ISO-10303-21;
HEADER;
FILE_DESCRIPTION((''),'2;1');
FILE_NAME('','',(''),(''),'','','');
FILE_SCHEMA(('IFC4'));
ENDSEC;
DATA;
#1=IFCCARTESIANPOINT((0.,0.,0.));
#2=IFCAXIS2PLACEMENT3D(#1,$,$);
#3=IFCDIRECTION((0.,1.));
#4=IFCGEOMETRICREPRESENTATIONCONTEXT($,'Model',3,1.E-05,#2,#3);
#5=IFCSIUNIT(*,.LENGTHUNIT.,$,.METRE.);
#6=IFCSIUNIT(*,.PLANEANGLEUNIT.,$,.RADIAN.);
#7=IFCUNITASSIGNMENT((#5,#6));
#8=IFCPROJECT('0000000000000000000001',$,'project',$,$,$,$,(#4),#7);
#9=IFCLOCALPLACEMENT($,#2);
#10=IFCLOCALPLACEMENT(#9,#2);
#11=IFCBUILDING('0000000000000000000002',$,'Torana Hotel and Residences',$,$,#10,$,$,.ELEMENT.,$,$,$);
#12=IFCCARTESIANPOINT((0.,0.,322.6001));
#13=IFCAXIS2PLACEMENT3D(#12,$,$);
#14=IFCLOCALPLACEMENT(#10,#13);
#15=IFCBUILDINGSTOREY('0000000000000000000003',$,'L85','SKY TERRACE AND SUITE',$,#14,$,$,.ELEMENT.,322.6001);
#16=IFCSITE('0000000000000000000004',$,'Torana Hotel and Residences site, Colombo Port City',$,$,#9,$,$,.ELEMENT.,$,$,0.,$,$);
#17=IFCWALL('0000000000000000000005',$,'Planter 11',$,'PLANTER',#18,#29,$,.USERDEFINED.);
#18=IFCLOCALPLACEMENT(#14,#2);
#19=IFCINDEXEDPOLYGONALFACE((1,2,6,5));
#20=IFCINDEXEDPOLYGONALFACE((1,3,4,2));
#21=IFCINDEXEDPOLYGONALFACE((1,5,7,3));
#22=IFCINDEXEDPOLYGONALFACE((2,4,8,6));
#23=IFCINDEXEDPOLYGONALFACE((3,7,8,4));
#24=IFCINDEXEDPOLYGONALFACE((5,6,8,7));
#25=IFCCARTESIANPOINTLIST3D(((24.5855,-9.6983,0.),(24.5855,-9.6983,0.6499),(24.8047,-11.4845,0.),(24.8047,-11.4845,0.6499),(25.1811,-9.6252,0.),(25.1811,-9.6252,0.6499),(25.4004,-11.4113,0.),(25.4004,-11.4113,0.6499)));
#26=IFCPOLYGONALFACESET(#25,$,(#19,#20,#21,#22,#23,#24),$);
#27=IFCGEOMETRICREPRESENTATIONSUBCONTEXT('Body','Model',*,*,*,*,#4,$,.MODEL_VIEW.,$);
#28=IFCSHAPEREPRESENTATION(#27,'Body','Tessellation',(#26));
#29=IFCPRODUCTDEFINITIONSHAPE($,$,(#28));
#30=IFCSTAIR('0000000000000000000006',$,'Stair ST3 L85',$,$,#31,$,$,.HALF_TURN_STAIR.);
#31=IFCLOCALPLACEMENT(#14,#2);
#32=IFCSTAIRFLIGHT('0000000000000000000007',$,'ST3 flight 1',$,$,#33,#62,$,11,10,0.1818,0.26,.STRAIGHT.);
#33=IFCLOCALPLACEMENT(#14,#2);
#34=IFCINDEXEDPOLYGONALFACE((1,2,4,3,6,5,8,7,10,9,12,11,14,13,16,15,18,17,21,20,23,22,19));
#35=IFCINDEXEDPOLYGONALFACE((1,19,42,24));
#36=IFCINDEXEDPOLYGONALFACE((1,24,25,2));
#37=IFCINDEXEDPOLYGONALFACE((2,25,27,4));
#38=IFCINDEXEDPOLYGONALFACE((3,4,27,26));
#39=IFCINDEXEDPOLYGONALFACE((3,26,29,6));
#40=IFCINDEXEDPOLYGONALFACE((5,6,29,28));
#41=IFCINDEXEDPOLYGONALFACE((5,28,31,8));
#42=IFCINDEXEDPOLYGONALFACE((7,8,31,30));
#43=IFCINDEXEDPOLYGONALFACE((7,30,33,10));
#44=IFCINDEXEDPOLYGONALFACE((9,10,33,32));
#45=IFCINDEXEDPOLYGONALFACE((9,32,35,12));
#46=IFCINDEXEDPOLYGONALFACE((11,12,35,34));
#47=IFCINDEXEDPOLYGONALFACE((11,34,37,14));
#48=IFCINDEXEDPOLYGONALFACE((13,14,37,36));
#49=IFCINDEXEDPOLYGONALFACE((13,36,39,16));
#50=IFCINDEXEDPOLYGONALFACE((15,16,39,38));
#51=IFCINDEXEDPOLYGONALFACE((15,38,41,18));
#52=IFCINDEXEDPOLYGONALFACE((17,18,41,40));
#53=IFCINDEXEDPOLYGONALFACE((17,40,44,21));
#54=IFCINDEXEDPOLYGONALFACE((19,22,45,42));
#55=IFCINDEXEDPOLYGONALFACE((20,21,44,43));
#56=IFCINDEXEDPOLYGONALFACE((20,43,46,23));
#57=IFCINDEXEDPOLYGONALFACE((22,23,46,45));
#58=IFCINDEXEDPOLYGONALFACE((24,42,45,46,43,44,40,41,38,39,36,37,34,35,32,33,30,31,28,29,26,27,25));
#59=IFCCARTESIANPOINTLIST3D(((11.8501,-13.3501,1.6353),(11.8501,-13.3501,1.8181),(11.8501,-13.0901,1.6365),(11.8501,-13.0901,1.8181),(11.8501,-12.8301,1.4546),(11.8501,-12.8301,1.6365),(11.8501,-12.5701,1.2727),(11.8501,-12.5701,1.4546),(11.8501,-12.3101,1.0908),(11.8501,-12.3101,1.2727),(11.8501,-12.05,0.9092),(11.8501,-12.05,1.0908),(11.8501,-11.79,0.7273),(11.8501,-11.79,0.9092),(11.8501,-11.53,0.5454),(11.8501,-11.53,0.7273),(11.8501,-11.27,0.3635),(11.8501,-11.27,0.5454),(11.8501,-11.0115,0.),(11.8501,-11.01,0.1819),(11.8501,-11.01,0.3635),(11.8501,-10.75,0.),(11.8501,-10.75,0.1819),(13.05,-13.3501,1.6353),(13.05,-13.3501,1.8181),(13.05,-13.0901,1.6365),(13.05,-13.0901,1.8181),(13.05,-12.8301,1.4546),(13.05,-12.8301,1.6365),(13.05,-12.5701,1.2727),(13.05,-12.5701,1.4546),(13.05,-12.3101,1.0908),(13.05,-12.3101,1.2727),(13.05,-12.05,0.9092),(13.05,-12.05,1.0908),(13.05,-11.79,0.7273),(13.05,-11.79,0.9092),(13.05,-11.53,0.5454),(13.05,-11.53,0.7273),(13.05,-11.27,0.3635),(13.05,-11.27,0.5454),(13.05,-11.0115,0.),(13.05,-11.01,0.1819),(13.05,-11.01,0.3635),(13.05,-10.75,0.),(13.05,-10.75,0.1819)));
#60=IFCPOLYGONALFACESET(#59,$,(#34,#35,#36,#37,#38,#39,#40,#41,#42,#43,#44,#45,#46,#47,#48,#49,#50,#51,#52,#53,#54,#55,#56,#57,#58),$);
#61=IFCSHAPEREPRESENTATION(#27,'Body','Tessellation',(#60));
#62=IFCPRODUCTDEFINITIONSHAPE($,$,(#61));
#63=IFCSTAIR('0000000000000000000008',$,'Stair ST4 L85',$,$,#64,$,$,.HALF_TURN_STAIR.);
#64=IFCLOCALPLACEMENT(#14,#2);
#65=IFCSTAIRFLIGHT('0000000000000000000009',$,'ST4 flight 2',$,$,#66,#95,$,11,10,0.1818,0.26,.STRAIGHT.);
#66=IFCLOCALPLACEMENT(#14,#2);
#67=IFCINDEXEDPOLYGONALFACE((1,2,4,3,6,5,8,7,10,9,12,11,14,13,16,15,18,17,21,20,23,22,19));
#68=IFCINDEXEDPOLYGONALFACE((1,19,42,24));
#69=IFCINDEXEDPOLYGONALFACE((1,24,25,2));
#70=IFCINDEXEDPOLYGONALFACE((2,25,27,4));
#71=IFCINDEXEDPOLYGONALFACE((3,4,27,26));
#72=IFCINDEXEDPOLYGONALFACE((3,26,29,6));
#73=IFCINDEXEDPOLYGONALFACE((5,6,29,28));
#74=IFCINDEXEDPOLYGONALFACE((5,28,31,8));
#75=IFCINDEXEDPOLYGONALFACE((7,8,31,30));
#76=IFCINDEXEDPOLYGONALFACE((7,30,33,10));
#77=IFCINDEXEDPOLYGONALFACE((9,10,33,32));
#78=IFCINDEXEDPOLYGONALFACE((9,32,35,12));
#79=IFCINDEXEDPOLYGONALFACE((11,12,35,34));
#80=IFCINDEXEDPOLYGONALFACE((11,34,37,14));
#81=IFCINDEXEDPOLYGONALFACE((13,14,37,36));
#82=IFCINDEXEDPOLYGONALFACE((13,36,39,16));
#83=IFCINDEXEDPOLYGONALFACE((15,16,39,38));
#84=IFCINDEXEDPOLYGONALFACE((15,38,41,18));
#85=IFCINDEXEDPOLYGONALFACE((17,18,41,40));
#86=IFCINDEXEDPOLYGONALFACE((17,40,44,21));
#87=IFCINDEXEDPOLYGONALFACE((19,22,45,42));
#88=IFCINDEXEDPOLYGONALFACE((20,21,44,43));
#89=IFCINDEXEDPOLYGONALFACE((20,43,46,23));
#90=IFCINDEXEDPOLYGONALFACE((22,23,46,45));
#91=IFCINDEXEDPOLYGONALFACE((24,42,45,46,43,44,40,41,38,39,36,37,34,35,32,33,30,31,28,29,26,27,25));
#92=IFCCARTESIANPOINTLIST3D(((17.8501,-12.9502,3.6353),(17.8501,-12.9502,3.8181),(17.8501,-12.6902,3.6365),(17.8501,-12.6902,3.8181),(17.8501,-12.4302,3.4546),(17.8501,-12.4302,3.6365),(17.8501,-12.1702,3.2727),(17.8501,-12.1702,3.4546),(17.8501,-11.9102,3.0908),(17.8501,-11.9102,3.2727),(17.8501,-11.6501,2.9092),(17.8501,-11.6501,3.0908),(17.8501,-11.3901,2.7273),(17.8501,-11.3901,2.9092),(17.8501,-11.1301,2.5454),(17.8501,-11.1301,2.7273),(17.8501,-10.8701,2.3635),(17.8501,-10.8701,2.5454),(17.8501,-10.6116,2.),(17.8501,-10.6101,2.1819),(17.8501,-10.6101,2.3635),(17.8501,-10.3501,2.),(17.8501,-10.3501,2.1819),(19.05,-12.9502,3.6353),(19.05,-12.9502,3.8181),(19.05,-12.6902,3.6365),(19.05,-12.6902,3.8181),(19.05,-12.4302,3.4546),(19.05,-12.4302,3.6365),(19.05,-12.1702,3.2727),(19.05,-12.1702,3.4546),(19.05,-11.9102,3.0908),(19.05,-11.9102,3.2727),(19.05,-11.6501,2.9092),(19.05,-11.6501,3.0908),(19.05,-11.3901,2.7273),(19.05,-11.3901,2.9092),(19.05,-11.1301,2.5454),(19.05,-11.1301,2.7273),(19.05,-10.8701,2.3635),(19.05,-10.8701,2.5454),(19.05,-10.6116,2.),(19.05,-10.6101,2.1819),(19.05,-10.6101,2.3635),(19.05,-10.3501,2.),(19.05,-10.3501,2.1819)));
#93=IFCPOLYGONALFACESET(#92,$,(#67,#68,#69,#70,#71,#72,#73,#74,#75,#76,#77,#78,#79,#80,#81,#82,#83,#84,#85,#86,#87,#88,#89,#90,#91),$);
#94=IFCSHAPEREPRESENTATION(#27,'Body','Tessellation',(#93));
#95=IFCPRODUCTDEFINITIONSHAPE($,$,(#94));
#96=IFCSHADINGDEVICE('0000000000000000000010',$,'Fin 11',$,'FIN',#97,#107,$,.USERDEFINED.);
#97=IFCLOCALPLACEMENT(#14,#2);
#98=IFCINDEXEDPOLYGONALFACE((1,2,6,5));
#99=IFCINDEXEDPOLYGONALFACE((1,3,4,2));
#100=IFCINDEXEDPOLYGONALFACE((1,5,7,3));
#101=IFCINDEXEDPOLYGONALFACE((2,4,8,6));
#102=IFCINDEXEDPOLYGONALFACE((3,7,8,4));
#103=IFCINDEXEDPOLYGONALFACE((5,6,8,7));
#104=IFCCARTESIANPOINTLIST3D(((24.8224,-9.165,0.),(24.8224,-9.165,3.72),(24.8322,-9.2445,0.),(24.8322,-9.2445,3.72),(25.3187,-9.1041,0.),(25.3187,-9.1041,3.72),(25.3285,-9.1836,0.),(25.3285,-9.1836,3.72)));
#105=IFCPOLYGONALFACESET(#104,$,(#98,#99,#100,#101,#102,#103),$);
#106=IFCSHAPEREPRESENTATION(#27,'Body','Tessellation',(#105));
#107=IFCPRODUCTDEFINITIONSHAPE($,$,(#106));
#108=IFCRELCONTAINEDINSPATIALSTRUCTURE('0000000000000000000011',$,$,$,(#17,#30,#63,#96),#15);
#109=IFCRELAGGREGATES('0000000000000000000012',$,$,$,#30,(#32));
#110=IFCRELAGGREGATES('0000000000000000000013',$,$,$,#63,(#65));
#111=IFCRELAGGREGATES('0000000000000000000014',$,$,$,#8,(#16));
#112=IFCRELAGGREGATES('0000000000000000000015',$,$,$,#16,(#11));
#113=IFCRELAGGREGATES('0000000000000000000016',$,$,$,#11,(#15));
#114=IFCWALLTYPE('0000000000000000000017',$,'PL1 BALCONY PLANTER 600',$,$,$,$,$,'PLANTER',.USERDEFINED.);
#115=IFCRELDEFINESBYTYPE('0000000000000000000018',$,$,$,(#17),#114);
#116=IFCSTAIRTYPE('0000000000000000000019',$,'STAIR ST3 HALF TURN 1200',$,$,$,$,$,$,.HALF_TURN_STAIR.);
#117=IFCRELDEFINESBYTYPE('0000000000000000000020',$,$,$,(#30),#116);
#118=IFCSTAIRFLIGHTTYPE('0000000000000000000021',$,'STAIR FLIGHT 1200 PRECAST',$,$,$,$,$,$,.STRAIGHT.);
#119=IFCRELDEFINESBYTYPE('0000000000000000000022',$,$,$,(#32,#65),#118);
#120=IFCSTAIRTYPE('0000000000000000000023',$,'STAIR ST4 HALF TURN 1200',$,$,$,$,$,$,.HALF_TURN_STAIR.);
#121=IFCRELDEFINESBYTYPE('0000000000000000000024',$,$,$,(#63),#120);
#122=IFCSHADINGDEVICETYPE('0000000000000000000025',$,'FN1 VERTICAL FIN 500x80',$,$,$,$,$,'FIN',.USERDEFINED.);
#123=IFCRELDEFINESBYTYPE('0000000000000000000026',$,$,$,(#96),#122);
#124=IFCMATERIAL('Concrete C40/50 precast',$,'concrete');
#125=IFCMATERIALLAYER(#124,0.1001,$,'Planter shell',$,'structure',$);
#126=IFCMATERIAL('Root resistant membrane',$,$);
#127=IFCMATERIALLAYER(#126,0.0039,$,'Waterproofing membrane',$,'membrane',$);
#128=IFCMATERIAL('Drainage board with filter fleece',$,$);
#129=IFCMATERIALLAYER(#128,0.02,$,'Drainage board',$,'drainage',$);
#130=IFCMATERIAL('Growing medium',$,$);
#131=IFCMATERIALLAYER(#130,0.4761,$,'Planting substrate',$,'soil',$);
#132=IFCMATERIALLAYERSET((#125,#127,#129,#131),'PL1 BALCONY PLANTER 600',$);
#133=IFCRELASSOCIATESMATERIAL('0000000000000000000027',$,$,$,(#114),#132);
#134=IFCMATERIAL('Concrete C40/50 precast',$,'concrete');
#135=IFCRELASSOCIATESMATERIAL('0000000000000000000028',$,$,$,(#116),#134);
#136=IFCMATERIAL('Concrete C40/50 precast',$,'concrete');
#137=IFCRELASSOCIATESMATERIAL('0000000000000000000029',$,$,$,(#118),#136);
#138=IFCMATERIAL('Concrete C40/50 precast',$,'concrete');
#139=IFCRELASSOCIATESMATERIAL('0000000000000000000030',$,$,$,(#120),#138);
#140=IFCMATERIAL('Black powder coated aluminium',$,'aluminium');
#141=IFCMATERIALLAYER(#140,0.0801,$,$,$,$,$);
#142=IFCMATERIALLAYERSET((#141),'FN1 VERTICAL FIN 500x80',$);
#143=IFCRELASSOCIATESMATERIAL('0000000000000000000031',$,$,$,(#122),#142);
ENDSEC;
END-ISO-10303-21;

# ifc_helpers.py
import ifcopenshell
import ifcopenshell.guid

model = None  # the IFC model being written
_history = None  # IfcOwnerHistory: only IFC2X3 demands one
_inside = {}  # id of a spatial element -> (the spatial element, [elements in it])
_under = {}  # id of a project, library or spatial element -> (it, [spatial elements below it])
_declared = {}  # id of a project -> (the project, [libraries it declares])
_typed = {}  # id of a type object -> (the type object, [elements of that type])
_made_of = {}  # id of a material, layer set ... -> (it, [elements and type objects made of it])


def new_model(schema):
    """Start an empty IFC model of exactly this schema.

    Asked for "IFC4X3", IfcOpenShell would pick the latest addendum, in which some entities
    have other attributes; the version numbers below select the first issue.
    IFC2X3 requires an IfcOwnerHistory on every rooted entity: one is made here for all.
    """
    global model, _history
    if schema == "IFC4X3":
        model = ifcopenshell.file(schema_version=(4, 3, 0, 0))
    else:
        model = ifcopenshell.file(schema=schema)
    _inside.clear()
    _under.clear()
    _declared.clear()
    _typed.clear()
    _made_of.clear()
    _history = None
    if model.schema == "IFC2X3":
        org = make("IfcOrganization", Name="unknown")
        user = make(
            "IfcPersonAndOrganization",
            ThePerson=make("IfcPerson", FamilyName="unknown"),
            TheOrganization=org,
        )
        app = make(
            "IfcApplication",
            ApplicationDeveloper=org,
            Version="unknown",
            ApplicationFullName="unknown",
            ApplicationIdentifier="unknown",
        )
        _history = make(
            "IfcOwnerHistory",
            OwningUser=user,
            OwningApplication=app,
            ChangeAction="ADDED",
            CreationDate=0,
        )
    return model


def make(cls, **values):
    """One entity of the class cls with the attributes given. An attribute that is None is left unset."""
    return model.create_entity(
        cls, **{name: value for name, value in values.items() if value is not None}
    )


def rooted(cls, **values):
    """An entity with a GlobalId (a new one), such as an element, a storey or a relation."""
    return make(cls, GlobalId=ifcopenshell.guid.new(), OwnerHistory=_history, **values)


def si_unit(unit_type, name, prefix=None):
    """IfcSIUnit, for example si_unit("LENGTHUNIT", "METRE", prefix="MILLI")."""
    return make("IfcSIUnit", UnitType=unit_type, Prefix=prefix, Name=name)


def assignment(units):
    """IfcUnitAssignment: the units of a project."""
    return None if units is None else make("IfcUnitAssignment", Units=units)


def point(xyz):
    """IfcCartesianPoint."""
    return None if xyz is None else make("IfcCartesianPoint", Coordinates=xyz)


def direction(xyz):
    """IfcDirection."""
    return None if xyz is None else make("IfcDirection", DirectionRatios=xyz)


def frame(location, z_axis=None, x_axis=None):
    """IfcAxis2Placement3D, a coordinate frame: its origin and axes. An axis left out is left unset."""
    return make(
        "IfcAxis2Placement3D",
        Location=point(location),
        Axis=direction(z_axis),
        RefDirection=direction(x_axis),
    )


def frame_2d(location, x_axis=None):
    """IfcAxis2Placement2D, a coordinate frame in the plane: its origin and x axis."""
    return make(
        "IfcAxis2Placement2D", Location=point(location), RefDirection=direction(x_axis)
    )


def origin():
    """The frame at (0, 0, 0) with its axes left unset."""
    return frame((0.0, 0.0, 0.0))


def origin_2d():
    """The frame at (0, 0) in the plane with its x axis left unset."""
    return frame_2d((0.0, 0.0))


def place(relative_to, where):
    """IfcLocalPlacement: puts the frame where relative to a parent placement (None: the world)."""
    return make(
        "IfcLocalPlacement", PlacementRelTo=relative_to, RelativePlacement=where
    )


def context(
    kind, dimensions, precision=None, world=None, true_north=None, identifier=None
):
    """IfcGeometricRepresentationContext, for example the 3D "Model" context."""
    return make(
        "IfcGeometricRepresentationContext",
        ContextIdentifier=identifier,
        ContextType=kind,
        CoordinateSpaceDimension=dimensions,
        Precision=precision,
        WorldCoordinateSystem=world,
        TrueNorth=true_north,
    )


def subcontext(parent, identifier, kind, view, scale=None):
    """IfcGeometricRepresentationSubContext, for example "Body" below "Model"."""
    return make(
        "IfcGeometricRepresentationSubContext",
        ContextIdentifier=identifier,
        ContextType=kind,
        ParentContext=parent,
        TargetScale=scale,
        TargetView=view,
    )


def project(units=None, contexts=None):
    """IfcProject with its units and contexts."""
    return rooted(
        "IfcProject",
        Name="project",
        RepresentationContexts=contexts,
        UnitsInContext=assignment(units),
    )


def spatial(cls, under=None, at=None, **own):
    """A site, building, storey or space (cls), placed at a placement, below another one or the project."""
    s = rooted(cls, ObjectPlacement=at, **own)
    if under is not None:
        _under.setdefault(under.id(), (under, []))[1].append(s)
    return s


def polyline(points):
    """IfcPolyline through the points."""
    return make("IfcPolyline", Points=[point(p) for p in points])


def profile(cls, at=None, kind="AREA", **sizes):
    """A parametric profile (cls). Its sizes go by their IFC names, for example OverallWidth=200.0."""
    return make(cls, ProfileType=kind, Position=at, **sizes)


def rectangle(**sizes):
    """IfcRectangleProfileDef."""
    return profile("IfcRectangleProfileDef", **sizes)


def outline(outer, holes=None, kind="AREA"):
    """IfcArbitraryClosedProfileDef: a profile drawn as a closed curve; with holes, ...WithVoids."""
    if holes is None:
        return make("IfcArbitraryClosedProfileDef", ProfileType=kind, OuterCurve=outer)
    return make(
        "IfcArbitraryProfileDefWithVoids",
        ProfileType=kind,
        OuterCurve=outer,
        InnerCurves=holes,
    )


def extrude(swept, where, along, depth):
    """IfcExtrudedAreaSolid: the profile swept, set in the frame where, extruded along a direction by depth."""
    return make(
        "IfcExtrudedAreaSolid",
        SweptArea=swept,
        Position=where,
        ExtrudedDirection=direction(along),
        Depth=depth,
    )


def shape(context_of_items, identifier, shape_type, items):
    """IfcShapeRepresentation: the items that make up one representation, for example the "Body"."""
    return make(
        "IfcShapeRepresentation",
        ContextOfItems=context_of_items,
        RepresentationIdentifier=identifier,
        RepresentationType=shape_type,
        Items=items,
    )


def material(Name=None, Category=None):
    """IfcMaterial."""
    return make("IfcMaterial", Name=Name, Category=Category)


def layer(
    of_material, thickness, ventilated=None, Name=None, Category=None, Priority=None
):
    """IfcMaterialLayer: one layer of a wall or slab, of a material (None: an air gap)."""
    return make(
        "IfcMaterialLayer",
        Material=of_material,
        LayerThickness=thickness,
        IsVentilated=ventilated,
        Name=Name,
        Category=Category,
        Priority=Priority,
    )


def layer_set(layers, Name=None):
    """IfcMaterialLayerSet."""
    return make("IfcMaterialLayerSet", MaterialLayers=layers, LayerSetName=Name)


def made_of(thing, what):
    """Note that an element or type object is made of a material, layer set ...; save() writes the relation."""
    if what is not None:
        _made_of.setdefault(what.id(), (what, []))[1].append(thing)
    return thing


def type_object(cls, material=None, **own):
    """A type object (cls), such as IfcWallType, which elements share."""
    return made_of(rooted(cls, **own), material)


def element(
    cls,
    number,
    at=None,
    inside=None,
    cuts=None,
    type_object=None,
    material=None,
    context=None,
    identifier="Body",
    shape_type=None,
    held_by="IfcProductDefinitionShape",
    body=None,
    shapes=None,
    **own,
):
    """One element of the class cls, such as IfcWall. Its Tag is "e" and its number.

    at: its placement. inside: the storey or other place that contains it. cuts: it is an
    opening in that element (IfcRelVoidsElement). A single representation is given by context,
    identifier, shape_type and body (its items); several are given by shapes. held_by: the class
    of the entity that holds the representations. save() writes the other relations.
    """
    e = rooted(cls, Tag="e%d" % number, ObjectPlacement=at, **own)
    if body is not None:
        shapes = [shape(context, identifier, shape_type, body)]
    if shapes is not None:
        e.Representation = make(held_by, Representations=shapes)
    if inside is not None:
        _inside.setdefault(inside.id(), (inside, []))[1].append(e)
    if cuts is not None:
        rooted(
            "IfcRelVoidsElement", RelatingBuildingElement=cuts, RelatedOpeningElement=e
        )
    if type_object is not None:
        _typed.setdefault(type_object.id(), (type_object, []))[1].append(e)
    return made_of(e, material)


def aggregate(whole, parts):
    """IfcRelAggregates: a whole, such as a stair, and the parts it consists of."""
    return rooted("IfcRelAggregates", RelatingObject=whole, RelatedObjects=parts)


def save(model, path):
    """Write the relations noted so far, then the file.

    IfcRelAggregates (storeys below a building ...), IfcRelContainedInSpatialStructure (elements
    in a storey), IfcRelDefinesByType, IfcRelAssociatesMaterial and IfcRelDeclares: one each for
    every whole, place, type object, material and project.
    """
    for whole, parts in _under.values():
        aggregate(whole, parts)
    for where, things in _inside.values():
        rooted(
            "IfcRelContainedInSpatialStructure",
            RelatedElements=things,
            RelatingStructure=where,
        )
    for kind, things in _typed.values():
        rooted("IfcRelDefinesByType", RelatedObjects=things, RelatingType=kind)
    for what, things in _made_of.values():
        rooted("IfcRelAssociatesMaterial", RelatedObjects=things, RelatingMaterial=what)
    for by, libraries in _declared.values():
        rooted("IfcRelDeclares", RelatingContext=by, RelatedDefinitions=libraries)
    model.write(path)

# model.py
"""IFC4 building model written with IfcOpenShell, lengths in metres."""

from ifc_helpers import new_model, si_unit, direction, frame, frame_2d, origin, origin_2d, place, context, subcontext, project, spatial, polyline, rectangle, outline, extrude, material, layer, layer_set, type_object, element, aggregate, save


model = new_model("IFC4")

# Units and contexts
model_context = context("Model", 3, precision=1e-05, world=origin(), true_north=direction((0.0, 1.0)))
body_context = subcontext(model_context, "Body", "Model", "MODEL_VIEW")
ifc_project = project(units=[si_unit("LENGTHUNIT", "METRE"), si_unit("PLANEANGLEUNIT", "RADIAN")], contexts=[model_context])

# Site, building, storey
site_placement = place(None, origin())
site = spatial("IfcSite", under=ifc_project, at=site_placement, Name="Torana Hotel and Residences site, Colombo Port City", CompositionType="ELEMENT", RefElevation=0.0)
building_placement = place(site_placement, origin())
building = spatial("IfcBuilding", under=site, at=building_placement, Name="Torana Hotel and Residences", CompositionType="ELEMENT")
storey_placement = place(building_placement, frame((0.0, 0.0, 322.6001)))
storey = spatial("IfcBuildingStorey", under=building, at=storey_placement, Name="L85", Description="SKY TERRACE AND SUITE", CompositionType="ELEMENT", Elevation=322.6001)

# Wall
ifc_material_1 = material(Name="Concrete C40/50 precast", Category="concrete")
ifc_layer_1 = layer(ifc_material_1, 0.1001, Name="Planter shell", Category="structure")
ifc_material_2 = material(Name="Root resistant membrane")
ifc_layer_2 = layer(ifc_material_2, 0.0039, Name="Waterproofing membrane", Category="membrane")
ifc_material_3 = material(Name="Drainage board with filter fleece")
ifc_layer_3 = layer(ifc_material_3, 0.02, Name="Drainage board", Category="drainage")
ifc_material_4 = material(Name="Growing medium")
ifc_layer_4 = layer(ifc_material_4, 0.4761, Name="Planting substrate", Category="soil")
ifc_layer_set_1 = layer_set([ifc_layer_1, ifc_layer_2, ifc_layer_3, ifc_layer_4], Name="PL1 BALCONY PLANTER 600")
wall_type_1 = type_object("IfcWallType", Name="PL1 BALCONY PLANTER 600", ElementType="PLANTER", PredefinedType="USERDEFINED", material=ifc_layer_set_1)
wall_1_placement = place(storey_placement, frame((24.8833, -9.6616, 0.0), z_axis=(0.0, 0.0, 1.0), x_axis=(0.12183, -0.992551, 0.0)))
element("IfcWall", 1, at=wall_1_placement, inside=storey, type_object=wall_type_1, Name="Planter 11", ObjectType="PLANTER", PredefinedType="USERDEFINED", context=body_context, shape_type="SweptSolid", body=[
    extrude(rectangle(XDim=1.7996, YDim=0.6001, at=frame_2d((0.8999, 0.0))), origin(), (0.0, 0.0, 1.0), 0.6499),
])

# Stairs, stair flights
ifc_material_5 = material(Name="Concrete C40/50 precast", Category="concrete")
stair_type_1 = type_object("IfcStairType", Name="STAIR ST3 HALF TURN 1200", PredefinedType="HALF_TURN_STAIR", material=ifc_material_5)
stair_1_placement = place(storey_placement, origin())
stair_1 = element("IfcStair", 2, at=stair_1_placement, inside=storey, type_object=stair_type_1, Name="Stair ST3 L85", PredefinedType="HALF_TURN_STAIR")
ifc_material_6 = material(Name="Concrete C40/50 precast", Category="concrete")
stair_flight_type = type_object("IfcStairFlightType", Name="STAIR FLIGHT 1200 PRECAST", PredefinedType="STRAIGHT", material=ifc_material_6)
stair_flight_1_placement = place(storey_placement, frame((12.45, -10.75, 0.0), z_axis=(0.0, 0.0, 1.0), x_axis=(0.0, -1.0, 0.0)))
stair_flight_1 = element("IfcStairFlight", 3, at=stair_flight_1_placement, type_object=stair_flight_type, Name="ST3 flight 1", NumberOfRisers=11, NumberOfTreads=10, PredefinedType="STRAIGHT", RiserHeight=0.1818, TreadLength=0.26, context=body_context, shape_type="SweptSolid", body=[
    extrude(outline(polyline([(0.0, 0.0), (0.0, 0.1819), (0.26, 0.1819), (0.26, 0.3635), (0.52, 0.3635), (0.52, 0.5454), (0.78, 0.5454), (0.78, 0.7273), (1.04, 0.7273), (1.04, 0.9092), (1.3, 0.9092), (1.3, 1.0908), (1.5601, 1.0908), (1.5601, 1.2727), (1.8201, 1.2727), (1.8201, 1.4546), (2.0801, 1.4546), (2.0801, 1.6365), (2.3401, 1.6365), (2.3401, 1.8181), (2.6001, 1.8181), (2.6001, 2.0), (2.6001, 1.6353), (0.2615, 0.0), (0.0, 0.0)])), frame((0.0, 0.6001, 0.0), z_axis=(0.0, -1.0, 0.0), x_axis=(1.0, 0.0, 0.0)), (0.0, 0.0, 1.0), 1.2),
])
aggregate(stair_1, [stair_flight_1])
ifc_material_7 = material(Name="Concrete C40/50 precast", Category="concrete")
stair_type_2 = type_object("IfcStairType", Name="STAIR ST4 HALF TURN 1200", PredefinedType="HALF_TURN_STAIR", material=ifc_material_7)
stair_2_placement = place(storey_placement, origin())
stair_2 = element("IfcStair", 4, at=stair_2_placement, inside=storey, type_object=stair_type_2, Name="Stair ST4 L85", PredefinedType="HALF_TURN_STAIR")
stair_flight_2_placement = place(storey_placement, frame((18.45, -10.3501, 2.0), z_axis=(0.0, 0.0, 1.0), x_axis=(0.0, -1.0, 0.0)))
stair_flight_2 = element("IfcStairFlight", 5, at=stair_flight_2_placement, type_object=stair_flight_type, Name="ST4 flight 2", NumberOfRisers=11, NumberOfTreads=10, PredefinedType="STRAIGHT", RiserHeight=0.1818, TreadLength=0.26, context=body_context, shape_type="SweptSolid", body=[
    extrude(outline(polyline([(0.0, 0.0), (0.0, 0.1819), (0.26, 0.1819), (0.26, 0.3635), (0.52, 0.3635), (0.52, 0.5454), (0.78, 0.5454), (0.78, 0.7273), (1.04, 0.7273), (1.04, 0.9092), (1.3, 0.9092), (1.3, 1.0908), (1.5601, 1.0908), (1.5601, 1.2727), (1.8201, 1.2727), (1.8201, 1.4546), (2.0801, 1.4546), (2.0801, 1.6365), (2.3401, 1.6365), (2.3401, 1.8181), (2.6001, 1.8181), (2.6001, 2.0), (2.6001, 1.6353), (0.2615, 0.0), (0.0, 0.0)])), frame((0.0, 0.6001, 0.0), z_axis=(0.0, -1.0, 0.0), x_axis=(1.0, 0.0, 0.0)), (0.0, 0.0, 1.0), 1.2),
])
aggregate(stair_2, [stair_flight_2])

# Shading device
ifc_material_8 = material(Name="Black powder coated aluminium", Category="aluminium")
ifc_layer_5 = layer(ifc_material_8, 0.0801)
ifc_layer_set_2 = layer_set([ifc_layer_5], Name="FN1 VERTICAL FIN 500x80")
shading_device_type = type_object("IfcShadingDeviceType", Name="FN1 VERTICAL FIN 500x80", ElementType="FIN", PredefinedType="USERDEFINED", material=ifc_layer_set_2)
shading_device_placement = place(storey_placement, frame((25.0754, -9.1743, 0.0), z_axis=(0.0, 0.0, 1.0), x_axis=(0.121868, -0.992546, 0.0)))
element("IfcShadingDevice", 6, at=shading_device_placement, inside=storey, type_object=shading_device_type, Name="Fin 11", ObjectType="FIN", PredefinedType="USERDEFINED", context=body_context, shape_type="SweptSolid", body=[
    extrude(rectangle(XDim=0.0801, YDim=0.5, at=origin_2d()), origin(), (0.0, 0.0, 1.0), 3.72),
])

save(model, "model.ifc")
